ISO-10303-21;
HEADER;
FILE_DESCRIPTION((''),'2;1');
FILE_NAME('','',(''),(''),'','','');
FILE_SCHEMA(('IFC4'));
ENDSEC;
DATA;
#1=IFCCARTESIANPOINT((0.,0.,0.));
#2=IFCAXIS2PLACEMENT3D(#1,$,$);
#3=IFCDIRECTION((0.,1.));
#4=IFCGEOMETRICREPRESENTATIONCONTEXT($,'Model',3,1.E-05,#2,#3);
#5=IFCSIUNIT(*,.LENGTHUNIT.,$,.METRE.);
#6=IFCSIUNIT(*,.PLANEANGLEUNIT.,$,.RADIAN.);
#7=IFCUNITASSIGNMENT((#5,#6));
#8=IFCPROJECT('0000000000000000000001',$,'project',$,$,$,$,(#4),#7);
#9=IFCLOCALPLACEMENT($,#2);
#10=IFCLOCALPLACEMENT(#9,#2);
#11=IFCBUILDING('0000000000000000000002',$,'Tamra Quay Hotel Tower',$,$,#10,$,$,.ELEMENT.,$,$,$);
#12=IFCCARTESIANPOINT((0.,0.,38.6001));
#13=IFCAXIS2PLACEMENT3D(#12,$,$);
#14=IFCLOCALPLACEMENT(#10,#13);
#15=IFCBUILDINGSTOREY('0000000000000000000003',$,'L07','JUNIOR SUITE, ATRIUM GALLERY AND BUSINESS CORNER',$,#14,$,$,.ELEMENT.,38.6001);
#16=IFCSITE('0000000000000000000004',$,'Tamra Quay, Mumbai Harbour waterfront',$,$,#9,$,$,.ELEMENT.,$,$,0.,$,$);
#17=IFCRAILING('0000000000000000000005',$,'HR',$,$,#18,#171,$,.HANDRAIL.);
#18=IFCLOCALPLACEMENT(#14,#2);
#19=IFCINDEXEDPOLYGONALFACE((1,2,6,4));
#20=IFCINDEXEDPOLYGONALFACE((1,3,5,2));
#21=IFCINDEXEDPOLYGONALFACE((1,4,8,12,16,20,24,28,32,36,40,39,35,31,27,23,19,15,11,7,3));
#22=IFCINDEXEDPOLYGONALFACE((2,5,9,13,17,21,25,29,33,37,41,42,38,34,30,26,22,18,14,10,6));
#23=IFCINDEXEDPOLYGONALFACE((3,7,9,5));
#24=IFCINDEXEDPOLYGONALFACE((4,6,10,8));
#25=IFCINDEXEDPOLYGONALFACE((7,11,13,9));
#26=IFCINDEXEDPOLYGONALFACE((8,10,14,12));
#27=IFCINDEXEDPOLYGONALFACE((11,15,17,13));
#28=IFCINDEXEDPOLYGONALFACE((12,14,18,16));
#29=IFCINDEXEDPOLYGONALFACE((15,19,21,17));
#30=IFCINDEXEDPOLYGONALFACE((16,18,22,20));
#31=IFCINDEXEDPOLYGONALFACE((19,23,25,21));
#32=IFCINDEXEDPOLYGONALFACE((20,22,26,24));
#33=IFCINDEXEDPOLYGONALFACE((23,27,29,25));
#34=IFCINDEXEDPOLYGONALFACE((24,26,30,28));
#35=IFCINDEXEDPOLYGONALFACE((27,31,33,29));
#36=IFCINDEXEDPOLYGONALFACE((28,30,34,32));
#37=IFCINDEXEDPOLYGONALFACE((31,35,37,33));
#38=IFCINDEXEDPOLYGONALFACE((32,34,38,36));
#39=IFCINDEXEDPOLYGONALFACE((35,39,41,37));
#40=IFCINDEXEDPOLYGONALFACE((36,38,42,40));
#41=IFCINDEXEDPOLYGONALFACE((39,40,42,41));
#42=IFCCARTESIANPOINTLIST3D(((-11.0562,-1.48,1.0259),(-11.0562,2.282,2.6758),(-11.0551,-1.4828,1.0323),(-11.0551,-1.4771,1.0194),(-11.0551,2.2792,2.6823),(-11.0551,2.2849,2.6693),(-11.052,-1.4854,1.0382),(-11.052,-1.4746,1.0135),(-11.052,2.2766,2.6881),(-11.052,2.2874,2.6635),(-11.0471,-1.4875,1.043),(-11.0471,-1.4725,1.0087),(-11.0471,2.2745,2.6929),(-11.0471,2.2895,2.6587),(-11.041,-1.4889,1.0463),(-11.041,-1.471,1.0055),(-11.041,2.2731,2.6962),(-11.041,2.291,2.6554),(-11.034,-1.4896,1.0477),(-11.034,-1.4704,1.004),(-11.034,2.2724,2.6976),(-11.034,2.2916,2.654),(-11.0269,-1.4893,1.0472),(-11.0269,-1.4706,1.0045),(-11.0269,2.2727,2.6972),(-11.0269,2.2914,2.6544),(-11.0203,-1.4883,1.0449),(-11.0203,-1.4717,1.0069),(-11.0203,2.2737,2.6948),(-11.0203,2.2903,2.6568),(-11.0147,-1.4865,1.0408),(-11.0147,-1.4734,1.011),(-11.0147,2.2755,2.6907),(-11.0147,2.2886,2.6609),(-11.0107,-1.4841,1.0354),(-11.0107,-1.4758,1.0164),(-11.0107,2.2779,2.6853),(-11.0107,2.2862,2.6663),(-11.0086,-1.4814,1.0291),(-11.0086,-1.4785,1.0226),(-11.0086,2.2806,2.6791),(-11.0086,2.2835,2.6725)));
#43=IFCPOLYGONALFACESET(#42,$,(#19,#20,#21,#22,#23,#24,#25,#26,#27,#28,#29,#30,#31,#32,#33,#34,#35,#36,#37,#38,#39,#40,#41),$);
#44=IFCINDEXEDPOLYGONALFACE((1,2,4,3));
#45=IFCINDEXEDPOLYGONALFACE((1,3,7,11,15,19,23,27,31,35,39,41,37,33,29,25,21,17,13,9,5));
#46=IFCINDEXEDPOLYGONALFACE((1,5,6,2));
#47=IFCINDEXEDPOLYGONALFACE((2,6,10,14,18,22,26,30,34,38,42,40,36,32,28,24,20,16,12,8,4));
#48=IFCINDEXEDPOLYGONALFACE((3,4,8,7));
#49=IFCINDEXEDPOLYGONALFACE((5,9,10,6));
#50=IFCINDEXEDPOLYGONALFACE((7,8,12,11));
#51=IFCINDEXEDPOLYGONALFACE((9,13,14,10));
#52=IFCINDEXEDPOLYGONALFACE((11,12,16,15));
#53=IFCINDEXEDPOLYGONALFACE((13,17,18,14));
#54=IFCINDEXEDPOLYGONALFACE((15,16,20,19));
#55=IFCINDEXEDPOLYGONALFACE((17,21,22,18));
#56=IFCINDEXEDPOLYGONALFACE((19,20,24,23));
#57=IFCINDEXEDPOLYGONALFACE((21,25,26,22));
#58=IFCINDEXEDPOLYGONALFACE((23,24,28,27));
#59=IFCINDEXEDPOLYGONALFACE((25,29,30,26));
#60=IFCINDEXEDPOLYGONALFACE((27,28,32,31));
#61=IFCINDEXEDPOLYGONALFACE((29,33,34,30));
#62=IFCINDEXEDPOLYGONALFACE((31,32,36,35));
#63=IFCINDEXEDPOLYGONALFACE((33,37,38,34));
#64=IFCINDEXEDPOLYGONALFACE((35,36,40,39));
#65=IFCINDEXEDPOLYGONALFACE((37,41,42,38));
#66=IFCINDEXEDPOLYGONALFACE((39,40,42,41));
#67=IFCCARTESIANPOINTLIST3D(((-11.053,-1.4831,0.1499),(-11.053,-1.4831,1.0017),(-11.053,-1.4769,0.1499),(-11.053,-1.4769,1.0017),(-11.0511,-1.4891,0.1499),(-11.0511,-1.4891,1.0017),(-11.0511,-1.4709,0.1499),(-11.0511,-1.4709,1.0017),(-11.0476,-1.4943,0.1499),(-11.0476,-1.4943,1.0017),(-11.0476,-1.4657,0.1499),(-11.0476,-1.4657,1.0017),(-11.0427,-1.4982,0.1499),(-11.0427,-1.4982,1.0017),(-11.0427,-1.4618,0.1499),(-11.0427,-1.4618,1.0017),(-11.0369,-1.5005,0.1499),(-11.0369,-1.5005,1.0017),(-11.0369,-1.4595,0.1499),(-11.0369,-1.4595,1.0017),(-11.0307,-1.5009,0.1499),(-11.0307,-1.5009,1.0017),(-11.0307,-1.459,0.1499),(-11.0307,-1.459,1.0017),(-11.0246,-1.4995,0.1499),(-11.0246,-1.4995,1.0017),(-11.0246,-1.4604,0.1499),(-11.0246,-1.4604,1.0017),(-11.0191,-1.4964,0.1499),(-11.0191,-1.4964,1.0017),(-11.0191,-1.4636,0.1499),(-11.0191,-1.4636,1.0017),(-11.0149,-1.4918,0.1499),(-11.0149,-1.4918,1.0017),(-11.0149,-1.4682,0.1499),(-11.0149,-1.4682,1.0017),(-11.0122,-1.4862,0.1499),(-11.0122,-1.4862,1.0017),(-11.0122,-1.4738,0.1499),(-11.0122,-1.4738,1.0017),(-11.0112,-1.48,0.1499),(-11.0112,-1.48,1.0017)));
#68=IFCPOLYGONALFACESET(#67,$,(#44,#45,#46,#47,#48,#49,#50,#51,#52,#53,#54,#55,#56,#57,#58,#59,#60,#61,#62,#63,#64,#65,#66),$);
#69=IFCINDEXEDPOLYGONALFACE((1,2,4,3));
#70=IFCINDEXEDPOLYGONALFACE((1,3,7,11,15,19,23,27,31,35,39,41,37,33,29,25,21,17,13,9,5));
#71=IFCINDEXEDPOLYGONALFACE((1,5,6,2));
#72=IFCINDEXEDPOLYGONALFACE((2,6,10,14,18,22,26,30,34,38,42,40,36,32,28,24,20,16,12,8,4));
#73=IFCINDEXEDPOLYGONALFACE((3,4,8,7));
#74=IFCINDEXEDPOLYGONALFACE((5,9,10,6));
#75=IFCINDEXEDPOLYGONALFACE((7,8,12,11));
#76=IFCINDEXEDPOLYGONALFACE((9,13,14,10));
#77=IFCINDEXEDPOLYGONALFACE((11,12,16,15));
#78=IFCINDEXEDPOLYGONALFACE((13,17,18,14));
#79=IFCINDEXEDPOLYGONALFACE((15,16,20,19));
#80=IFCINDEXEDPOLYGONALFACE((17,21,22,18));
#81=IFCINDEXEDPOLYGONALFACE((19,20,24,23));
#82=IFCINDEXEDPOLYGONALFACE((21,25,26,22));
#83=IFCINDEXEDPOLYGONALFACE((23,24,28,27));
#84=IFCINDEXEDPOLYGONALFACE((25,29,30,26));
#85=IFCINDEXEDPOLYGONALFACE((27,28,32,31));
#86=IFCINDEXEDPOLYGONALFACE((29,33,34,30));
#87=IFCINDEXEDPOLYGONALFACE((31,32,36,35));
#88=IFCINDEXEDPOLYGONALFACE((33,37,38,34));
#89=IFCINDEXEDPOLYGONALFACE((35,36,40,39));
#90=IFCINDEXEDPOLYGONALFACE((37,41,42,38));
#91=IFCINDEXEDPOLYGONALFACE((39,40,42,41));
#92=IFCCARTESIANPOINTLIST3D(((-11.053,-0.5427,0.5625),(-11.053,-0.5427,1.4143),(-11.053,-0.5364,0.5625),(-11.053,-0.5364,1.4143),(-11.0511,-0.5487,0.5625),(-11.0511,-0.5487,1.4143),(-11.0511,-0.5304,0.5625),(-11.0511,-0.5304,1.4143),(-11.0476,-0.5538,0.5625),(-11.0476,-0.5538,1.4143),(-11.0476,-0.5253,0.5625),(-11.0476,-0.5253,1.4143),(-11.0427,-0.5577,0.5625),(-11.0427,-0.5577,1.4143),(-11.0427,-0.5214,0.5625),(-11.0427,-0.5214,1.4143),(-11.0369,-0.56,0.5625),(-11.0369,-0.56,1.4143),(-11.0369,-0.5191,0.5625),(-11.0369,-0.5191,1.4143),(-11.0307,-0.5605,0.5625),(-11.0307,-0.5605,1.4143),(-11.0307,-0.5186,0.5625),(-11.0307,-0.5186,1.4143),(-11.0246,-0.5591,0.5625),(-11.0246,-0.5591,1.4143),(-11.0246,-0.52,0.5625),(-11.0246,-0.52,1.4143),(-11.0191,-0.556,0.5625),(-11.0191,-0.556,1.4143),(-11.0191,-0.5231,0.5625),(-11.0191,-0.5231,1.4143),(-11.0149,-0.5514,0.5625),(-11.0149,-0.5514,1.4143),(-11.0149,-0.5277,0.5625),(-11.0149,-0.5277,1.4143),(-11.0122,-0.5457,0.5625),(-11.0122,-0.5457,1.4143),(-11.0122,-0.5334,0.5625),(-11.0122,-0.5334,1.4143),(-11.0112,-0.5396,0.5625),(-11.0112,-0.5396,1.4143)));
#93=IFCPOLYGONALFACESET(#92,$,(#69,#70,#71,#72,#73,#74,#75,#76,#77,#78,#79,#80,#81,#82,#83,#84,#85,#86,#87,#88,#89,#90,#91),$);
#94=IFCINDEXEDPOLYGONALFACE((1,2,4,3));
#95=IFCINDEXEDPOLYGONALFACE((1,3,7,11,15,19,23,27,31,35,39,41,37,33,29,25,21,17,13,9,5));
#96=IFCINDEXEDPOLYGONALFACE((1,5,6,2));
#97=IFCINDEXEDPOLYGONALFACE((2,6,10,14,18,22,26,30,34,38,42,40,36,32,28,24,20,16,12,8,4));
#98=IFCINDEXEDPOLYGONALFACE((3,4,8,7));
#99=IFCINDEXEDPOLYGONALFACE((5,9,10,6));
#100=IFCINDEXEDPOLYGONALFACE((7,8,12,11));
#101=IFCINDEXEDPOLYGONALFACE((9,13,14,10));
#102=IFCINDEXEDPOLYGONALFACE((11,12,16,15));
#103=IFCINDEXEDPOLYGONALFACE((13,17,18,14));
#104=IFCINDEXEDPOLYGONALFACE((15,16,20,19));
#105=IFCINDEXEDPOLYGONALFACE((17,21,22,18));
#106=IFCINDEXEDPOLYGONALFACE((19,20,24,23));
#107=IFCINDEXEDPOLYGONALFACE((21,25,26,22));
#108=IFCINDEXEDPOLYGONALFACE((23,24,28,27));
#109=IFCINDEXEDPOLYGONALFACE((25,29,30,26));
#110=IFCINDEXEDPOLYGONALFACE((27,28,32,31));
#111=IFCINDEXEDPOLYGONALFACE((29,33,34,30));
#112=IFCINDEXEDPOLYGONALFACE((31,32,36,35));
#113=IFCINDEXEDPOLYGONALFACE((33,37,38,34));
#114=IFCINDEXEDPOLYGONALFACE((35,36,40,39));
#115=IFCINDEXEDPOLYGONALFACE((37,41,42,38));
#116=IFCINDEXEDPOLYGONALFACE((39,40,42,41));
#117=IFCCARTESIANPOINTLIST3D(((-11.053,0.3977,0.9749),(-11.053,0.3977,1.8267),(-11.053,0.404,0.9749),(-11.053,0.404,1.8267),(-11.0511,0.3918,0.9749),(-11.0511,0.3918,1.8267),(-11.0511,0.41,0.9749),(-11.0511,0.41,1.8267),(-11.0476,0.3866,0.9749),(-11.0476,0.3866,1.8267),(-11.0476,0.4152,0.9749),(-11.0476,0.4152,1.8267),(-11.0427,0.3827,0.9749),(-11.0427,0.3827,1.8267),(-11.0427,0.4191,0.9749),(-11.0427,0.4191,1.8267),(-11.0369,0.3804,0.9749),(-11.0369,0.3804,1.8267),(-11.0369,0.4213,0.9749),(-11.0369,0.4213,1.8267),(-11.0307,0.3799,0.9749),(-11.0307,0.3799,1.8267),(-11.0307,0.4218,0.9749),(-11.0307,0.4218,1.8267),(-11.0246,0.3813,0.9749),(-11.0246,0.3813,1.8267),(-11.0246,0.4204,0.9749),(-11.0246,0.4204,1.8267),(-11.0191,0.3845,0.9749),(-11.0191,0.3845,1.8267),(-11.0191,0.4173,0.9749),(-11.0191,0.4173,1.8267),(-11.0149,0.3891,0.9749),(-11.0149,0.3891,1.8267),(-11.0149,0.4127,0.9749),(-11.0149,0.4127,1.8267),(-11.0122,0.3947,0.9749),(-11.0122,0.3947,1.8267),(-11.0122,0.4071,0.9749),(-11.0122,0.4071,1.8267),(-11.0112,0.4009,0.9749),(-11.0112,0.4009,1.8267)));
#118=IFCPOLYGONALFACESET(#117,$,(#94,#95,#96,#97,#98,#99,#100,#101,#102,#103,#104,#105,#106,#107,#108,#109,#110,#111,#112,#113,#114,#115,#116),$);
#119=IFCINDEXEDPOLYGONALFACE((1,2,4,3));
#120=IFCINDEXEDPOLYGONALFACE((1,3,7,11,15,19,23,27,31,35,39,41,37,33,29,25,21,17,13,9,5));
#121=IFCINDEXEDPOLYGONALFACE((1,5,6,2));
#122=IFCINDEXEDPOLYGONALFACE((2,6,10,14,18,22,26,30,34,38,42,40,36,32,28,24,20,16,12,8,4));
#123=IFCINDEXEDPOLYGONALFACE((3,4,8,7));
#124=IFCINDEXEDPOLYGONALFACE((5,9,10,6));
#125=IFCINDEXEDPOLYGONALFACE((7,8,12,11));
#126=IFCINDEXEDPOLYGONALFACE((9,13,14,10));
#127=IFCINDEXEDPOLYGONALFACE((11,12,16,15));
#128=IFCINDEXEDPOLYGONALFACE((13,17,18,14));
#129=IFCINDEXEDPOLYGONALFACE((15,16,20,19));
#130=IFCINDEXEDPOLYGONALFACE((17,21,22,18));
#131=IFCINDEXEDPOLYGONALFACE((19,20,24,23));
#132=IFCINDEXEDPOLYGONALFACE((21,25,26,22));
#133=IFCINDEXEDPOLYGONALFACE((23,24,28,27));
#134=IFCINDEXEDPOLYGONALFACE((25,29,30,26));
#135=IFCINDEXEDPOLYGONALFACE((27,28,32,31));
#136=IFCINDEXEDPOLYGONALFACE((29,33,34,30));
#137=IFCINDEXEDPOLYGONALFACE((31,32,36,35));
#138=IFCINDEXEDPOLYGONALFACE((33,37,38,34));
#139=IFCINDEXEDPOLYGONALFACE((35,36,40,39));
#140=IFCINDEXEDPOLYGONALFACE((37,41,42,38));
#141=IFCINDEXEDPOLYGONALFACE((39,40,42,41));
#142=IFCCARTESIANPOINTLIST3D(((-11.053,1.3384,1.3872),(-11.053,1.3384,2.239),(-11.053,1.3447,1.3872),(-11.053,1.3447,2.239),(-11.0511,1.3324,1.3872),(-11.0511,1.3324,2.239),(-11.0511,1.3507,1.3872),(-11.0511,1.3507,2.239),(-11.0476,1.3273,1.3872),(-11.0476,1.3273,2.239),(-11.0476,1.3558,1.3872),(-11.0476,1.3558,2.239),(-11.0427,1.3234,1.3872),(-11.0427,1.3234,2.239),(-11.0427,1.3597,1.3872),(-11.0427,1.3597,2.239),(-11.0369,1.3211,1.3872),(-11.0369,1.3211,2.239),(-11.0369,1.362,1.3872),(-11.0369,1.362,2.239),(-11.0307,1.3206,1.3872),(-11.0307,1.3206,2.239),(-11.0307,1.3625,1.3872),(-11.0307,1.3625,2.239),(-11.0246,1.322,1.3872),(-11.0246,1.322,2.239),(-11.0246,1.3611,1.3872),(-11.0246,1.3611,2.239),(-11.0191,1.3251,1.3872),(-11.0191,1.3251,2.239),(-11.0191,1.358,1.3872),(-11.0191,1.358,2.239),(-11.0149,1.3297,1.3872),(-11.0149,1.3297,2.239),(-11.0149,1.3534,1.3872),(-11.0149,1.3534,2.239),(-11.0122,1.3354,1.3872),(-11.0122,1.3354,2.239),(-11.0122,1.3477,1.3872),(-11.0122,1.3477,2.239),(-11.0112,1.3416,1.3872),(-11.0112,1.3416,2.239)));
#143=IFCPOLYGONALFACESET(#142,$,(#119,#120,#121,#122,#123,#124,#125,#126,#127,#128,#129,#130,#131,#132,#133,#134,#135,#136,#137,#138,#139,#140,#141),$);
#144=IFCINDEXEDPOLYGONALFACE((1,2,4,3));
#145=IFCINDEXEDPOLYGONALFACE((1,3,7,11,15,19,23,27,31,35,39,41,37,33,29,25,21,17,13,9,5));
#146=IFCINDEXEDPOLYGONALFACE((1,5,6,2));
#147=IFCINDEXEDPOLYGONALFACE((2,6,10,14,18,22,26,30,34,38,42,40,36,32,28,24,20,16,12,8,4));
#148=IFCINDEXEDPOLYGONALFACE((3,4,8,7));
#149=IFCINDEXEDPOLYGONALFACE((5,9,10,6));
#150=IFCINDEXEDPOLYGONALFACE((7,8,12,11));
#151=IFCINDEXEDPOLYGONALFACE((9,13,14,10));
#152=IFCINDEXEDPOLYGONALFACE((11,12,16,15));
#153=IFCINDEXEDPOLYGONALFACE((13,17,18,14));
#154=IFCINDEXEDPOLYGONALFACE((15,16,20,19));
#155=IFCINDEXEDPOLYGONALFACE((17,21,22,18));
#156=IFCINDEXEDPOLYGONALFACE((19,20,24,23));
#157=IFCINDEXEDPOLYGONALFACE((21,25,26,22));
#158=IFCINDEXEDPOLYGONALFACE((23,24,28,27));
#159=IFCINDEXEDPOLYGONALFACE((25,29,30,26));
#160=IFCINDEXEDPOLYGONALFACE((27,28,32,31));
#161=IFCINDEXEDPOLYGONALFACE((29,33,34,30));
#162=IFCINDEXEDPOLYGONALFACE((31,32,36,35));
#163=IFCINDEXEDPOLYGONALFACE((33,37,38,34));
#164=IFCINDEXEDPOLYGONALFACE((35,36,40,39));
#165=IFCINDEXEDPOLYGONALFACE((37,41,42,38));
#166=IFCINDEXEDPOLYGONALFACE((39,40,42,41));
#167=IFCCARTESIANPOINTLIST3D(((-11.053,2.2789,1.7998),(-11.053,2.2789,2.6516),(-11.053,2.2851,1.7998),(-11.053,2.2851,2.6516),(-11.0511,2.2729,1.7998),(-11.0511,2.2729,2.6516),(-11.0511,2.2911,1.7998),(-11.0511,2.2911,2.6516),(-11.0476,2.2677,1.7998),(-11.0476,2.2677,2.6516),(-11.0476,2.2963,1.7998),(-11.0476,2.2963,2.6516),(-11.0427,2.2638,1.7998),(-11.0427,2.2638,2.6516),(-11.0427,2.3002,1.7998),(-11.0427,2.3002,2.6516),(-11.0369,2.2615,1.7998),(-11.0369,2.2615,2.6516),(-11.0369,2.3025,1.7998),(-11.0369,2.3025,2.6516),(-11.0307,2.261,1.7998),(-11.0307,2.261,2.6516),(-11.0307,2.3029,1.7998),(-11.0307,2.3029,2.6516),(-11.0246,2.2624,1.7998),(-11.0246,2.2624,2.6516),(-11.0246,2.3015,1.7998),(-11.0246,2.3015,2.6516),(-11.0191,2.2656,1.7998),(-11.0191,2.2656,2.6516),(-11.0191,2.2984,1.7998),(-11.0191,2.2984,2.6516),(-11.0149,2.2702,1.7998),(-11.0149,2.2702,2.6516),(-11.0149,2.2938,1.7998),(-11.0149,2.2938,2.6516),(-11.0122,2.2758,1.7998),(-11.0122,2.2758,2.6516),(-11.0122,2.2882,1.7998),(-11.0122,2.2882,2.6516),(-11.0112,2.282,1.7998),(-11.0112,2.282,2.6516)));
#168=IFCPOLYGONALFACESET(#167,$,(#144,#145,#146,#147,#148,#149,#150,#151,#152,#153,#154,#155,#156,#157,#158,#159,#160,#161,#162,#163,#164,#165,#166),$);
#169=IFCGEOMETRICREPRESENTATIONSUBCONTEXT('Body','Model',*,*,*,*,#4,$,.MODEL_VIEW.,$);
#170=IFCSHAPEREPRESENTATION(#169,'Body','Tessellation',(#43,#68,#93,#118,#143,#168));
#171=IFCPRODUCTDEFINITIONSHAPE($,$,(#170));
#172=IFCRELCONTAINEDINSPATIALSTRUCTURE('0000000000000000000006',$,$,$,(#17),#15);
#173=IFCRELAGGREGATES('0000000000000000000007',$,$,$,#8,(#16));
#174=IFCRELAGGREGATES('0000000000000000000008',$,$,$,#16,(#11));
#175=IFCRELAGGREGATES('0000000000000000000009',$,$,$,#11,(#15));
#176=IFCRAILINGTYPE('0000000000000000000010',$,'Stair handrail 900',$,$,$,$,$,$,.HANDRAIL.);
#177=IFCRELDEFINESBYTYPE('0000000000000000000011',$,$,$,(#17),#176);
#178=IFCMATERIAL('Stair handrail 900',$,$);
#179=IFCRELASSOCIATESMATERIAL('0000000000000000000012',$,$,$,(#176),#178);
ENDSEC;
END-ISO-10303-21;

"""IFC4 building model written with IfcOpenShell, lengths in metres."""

from ifc_helpers import new_model, si_unit, direction, frame, origin, origin_2d, place, context, subcontext, project, spatial, circle, extrude, material, type_object, element, save


model = new_model("IFC4")

# Units and contexts
model_context = context("Model", 3, precision=1e-05, world=origin(), true_north=direction((0.0, 1.0)))
body_context = subcontext(model_context, "Body", "Model", "MODEL_VIEW")
ifc_project = project(units=[si_unit("LENGTHUNIT", "METRE"), si_unit("PLANEANGLEUNIT", "RADIAN")], contexts=[model_context])

# Site, building, storey
site_placement = place(None, origin())
site = spatial("IfcSite", under=ifc_project, at=site_placement, Name="Tamra Quay, Mumbai Harbour waterfront", CompositionType="ELEMENT", RefElevation=0.0)
building_placement = place(site_placement, origin())
building = spatial("IfcBuilding", under=site, at=building_placement, Name="Tamra Quay Hotel Tower", CompositionType="ELEMENT")
storey_placement = place(building_placement, frame((0.0, 0.0, 38.6001)))
storey = spatial("IfcBuildingStorey", under=building, at=storey_placement, Name="L07", Description="JUNIOR SUITE, ATRIUM GALLERY AND BUSINESS CORNER", CompositionType="ELEMENT", Elevation=38.6001)

# Railing
ifc_material_1 = material(Name="Stair handrail 900")
railing_type = type_object("IfcRailingType", Name="Stair handrail 900", PredefinedType="HANDRAIL", material=ifc_material_1)
railing_placement = place(storey_placement, frame((-11.0322, -1.48, 0.1499)))
element("IfcRailing", 1, at=railing_placement, inside=storey, type_object=railing_type, Name="HR", PredefinedType="HANDRAIL", context=body_context, shape_type="SweptSolid", body=[
    extrude(circle(Radius=0.0239, at=origin_2d()), frame((0.0, 0.0, 0.876), z_axis=(0.0, 0.915795, 0.401645), x_axis=(-1.0, 0.0, 0.0)), (0.0, 0.0, 1.0), 4.1079),
    extrude(circle(Radius=0.021, at=origin_2d()), origin(), (0.0, 0.0, 1.0), 0.8518),
    extrude(circle(Radius=0.021, at=origin_2d()), frame((0.0, 0.9404, 0.4126)), (0.0, 0.0, 1.0), 0.8518),
    extrude(circle(Radius=0.021, at=origin_2d()), frame((0.0, 1.8809, 0.825)), (0.0, 0.0, 1.0), 0.8518),
    extrude(circle(Radius=0.021, at=origin_2d()), frame((0.0, 2.8215, 1.2373)), (0.0, 0.0, 1.0), 0.8518),
    extrude(circle(Radius=0.021, at=origin_2d()), frame((0.0, 3.762, 1.6499)), (0.0, 0.0, 1.0), 0.8518),
])

save(model, "model.ifc")
